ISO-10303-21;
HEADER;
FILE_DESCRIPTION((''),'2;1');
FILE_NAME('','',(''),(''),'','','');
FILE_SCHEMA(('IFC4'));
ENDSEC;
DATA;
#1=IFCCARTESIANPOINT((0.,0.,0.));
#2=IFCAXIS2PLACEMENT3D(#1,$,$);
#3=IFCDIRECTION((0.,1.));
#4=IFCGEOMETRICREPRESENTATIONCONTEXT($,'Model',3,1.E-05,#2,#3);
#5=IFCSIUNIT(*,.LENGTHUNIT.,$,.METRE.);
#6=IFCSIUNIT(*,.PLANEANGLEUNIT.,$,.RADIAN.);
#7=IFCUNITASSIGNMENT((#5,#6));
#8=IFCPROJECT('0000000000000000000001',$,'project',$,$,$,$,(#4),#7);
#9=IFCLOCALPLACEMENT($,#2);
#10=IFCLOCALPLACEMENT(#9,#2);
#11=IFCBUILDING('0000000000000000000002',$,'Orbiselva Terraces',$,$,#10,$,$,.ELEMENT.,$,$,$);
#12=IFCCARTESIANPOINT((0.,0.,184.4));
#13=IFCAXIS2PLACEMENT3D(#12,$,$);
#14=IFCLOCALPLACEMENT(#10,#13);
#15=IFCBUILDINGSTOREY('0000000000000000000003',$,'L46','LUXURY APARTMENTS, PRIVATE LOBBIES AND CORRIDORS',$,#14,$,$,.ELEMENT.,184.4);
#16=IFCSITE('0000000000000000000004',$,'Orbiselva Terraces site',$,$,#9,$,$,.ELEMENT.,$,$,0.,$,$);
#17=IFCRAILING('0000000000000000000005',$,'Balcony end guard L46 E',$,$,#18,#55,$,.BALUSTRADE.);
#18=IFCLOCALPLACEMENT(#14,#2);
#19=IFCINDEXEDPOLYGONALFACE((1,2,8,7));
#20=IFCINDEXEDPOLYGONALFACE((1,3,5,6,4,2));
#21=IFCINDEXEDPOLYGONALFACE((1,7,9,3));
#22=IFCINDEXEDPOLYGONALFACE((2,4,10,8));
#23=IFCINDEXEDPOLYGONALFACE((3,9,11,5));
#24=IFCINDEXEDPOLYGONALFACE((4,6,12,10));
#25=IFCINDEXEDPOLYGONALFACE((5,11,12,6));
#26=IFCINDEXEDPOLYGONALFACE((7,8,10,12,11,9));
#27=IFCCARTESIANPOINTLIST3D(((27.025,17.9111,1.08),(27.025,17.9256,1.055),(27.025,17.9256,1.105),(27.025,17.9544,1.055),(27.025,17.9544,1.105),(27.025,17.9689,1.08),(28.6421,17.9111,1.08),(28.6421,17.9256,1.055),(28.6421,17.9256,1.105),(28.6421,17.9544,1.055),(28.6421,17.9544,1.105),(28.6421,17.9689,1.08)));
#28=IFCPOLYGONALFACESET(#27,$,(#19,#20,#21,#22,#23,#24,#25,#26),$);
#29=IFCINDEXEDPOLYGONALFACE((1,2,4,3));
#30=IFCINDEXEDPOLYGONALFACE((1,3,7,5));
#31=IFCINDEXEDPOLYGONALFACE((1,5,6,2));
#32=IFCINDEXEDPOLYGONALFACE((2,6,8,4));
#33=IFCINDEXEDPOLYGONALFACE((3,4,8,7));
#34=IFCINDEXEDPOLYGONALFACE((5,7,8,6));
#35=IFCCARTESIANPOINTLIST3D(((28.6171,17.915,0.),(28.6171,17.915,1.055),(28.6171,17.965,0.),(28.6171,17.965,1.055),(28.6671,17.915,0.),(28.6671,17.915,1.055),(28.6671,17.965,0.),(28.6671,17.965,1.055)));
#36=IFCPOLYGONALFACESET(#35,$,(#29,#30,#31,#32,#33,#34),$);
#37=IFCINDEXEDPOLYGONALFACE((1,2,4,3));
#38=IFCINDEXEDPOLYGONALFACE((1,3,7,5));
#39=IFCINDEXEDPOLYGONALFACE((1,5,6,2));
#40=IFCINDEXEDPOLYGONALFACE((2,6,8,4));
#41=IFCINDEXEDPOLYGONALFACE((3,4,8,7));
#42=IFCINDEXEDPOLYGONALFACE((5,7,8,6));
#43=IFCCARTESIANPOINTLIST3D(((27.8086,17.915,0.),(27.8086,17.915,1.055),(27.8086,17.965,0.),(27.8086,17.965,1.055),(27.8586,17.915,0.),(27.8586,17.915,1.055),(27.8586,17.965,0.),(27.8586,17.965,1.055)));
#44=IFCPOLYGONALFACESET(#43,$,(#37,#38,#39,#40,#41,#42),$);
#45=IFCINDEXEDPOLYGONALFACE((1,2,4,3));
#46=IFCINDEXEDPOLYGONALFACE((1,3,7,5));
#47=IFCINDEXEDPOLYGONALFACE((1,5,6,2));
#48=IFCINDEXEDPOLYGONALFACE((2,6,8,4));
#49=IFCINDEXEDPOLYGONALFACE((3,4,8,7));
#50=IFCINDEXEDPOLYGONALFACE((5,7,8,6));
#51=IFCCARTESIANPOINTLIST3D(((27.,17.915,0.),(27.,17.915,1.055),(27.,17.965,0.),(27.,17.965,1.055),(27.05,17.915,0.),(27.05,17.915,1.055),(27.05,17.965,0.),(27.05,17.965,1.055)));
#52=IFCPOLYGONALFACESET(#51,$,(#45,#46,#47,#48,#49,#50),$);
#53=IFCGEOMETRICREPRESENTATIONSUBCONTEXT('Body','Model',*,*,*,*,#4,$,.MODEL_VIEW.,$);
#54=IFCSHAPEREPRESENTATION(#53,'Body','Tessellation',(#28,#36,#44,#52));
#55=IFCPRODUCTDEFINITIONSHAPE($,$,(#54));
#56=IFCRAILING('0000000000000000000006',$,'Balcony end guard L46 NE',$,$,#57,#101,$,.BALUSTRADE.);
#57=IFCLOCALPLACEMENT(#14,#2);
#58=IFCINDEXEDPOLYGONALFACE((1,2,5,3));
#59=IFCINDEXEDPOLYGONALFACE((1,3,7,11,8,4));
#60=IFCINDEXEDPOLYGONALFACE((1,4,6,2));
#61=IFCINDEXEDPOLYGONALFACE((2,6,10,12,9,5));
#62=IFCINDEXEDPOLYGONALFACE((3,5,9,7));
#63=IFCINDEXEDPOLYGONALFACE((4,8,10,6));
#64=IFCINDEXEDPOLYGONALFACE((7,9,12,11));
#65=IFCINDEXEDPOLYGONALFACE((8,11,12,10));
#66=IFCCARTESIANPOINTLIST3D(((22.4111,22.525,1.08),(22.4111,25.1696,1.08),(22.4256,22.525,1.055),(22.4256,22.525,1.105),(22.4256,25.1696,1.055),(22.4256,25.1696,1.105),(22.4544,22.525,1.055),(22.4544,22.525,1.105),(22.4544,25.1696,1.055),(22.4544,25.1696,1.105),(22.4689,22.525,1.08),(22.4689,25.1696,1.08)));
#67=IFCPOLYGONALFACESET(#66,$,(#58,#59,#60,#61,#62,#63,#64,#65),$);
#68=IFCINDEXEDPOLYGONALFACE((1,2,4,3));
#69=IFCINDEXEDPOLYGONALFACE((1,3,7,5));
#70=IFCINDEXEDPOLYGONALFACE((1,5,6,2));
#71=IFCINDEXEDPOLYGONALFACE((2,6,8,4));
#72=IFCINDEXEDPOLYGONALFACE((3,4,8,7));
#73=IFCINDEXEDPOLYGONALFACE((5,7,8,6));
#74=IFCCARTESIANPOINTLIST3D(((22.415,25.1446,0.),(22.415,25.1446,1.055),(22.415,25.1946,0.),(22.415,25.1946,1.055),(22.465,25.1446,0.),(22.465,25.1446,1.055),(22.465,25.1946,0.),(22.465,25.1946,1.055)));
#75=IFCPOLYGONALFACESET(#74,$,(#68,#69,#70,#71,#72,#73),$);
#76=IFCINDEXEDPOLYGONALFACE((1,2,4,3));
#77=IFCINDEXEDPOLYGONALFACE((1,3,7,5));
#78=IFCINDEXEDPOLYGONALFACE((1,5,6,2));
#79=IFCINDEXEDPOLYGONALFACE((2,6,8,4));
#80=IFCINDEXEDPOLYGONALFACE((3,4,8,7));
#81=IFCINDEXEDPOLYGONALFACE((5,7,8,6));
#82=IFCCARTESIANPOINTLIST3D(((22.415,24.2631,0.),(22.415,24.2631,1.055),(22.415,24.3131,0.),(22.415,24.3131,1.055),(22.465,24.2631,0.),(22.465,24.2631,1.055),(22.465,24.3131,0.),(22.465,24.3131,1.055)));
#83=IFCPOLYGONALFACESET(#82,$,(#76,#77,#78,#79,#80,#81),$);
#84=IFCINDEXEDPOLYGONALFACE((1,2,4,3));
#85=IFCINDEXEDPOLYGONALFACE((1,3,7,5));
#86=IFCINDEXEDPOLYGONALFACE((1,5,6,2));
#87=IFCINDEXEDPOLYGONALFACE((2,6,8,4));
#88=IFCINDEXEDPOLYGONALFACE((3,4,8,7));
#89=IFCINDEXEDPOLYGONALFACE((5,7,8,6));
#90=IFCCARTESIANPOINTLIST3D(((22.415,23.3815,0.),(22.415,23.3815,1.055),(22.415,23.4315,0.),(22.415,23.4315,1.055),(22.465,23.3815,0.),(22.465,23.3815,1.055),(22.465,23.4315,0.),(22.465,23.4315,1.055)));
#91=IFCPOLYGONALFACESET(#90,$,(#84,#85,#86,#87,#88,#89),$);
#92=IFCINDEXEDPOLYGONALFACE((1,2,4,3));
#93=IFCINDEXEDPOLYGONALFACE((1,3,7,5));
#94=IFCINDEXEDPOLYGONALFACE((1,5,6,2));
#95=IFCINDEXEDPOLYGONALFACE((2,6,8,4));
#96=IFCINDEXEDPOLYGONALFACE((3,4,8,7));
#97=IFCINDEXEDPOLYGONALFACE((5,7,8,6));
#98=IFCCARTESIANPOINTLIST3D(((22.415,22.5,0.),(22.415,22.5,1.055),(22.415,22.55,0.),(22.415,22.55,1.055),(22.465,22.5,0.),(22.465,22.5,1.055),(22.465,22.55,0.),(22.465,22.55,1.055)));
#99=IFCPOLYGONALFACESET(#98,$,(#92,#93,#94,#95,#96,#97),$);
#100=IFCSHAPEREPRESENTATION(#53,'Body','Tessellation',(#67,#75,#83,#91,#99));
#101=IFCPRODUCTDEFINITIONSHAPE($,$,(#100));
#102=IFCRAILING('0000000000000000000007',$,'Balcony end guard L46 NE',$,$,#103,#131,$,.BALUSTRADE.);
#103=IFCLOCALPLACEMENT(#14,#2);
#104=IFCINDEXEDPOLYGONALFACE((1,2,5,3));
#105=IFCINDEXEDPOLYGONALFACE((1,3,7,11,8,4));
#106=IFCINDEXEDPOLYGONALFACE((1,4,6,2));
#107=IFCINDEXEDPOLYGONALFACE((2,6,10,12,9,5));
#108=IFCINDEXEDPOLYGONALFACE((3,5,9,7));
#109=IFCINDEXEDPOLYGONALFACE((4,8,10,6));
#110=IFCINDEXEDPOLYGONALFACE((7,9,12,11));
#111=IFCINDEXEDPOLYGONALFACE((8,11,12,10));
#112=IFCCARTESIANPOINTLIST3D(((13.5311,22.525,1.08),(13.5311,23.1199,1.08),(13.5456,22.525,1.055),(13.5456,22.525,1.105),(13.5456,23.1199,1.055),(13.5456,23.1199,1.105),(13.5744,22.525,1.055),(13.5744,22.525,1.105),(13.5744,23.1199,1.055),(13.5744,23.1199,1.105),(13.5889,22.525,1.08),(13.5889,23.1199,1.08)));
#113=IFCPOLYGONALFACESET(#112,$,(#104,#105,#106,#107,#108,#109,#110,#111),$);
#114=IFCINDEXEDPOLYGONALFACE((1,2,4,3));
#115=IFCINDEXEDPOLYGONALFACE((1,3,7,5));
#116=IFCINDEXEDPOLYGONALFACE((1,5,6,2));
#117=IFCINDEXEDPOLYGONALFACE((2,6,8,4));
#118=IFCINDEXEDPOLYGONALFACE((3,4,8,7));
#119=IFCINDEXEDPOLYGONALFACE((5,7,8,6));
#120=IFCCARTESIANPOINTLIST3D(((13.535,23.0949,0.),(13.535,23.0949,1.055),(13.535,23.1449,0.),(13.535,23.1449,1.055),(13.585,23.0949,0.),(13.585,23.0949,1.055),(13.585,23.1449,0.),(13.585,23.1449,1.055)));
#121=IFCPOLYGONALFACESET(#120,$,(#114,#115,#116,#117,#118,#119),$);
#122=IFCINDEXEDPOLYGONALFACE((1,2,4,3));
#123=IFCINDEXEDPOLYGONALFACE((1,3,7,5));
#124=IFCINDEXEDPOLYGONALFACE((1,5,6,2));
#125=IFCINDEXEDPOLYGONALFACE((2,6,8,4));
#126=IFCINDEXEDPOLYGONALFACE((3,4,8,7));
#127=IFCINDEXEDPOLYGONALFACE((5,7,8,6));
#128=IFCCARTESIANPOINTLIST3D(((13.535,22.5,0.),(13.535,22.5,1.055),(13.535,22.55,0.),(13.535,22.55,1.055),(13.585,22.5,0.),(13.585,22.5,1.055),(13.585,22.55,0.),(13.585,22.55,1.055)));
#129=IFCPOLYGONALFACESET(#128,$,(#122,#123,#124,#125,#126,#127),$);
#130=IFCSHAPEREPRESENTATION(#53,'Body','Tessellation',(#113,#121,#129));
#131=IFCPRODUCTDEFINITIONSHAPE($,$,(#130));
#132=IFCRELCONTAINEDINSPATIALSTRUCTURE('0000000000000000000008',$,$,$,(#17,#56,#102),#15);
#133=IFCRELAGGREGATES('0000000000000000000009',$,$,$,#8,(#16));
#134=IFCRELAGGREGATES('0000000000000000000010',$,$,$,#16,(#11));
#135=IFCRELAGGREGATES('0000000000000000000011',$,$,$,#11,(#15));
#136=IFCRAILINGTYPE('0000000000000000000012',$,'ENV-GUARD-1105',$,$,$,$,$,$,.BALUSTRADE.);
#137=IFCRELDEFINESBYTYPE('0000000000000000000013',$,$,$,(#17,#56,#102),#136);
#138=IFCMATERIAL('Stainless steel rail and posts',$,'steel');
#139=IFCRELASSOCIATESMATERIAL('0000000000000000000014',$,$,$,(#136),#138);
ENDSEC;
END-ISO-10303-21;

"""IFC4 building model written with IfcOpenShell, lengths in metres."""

from ifc_helpers import new_model, si_unit, direction, frame, origin, origin_2d, place, context, subcontext, project, spatial, polyline, rectangle, outline, extrude, material, type_object, element, save


model = new_model("IFC4")

# Units and contexts
model_context = context("Model", 3, precision=1e-05, world=origin(), true_north=direction((0.0, 1.0)))
body_context = subcontext(model_context, "Body", "Model", "MODEL_VIEW")
ifc_project = project(units=[si_unit("LENGTHUNIT", "METRE"), si_unit("PLANEANGLEUNIT", "RADIAN")], contexts=[model_context])

# Site, building, storey
site_placement = place(None, origin())
site = spatial("IfcSite", under=ifc_project, at=site_placement, Name="Orbiselva Terraces site", CompositionType="ELEMENT", RefElevation=0.0)
building_placement = place(site_placement, origin())
building = spatial("IfcBuilding", under=site, at=building_placement, Name="Orbiselva Terraces", CompositionType="ELEMENT")
storey_placement = place(building_placement, frame((0.0, 0.0, 184.4)))
storey = spatial("IfcBuildingStorey", under=building, at=storey_placement, Name="L46", Description="LUXURY APARTMENTS, PRIVATE LOBBIES AND CORRIDORS", CompositionType="ELEMENT", Elevation=184.4)

# Railings
ifc_material_1 = material(Name="Stainless steel rail and posts", Category="steel")
railing_type_1 = type_object("IfcRailingType", Name="ENV-GUARD-1105", PredefinedType="BALUSTRADE", material=ifc_material_1)
railing_1_placement = place(storey_placement, frame((28.6421, 17.94, 0.0)))
element("IfcRailing", 1, at=railing_1_placement, inside=storey, type_object=railing_type_1, Name="Balcony end guard L46 E", PredefinedType="BALUSTRADE", context=body_context, shape_type="SweptSolid", body=[
    extrude(outline(polyline([(0.0289, 0.0), (0.0144, 0.025), (-0.0144, 0.025), (-0.0289, 0.0), (-0.0144, -0.025), (0.0144, -0.025), (0.0289, 0.0)])), frame((0.0, 0.0, 1.08), z_axis=(-1.0, 0.0, 0.0), x_axis=(0.0, -1.0, 0.0)), (0.0, 0.0, 1.0), 1.6171),
    extrude(rectangle(XDim=0.05, YDim=0.05, at=origin_2d()), origin(), (0.0, 0.0, 1.0), 1.055),
    extrude(rectangle(XDim=0.05, YDim=0.05, at=origin_2d()), frame((-0.8086, 0.0, 0.0)), (0.0, 0.0, 1.0), 1.055),
    extrude(rectangle(XDim=0.05, YDim=0.05, at=origin_2d()), frame((-1.6171, 0.0, 0.0)), (0.0, 0.0, 1.0), 1.055),
])
railing_2_placement = place(storey_placement, frame((22.44, 25.1696, 0.0)))
element("IfcRailing", 2, at=railing_2_placement, inside=storey, type_object=railing_type_1, Name="Balcony end guard L46 NE", PredefinedType="BALUSTRADE", context=body_context, shape_type="SweptSolid", body=[
    extrude(outline(polyline([(0.0289, 0.0), (0.0144, 0.025), (-0.0144, 0.025), (-0.0289, 0.0), (-0.0144, -0.025), (0.0144, -0.025), (0.0289, 0.0)])), frame((0.0, 0.0, 1.08), z_axis=(0.0, -1.0, 0.0), x_axis=(1.0, 0.0, 0.0)), (0.0, 0.0, 1.0), 2.6446),
    extrude(rectangle(XDim=0.05, YDim=0.05, at=origin_2d()), origin(), (0.0, 0.0, 1.0), 1.055),
    extrude(rectangle(XDim=0.05, YDim=0.05, at=origin_2d()), frame((0.0, -0.8815, 0.0)), (0.0, 0.0, 1.0), 1.055),
    extrude(rectangle(XDim=0.05, YDim=0.05, at=origin_2d()), frame((0.0, -1.7631, 0.0)), (0.0, 0.0, 1.0), 1.055),
    extrude(rectangle(XDim=0.05, YDim=0.05, at=origin_2d()), frame((0.0, -2.6446, 0.0)), (0.0, 0.0, 1.0), 1.055),
])
railing_3_placement = place(storey_placement, frame((13.56, 23.1199, 0.0)))
element("IfcRailing", 3, at=railing_3_placement, inside=storey, type_object=railing_type_1, Name="Balcony end guard L46 NE", PredefinedType="BALUSTRADE", context=body_context, shape_type="SweptSolid", body=[
    extrude(outline(polyline([(0.0289, 0.0), (0.0144, 0.025), (-0.0144, 0.025), (-0.0289, 0.0), (-0.0144, -0.025), (0.0144, -0.025), (0.0289, 0.0)])), frame((0.0, 0.0, 1.08), z_axis=(0.0, -1.0, 0.0), x_axis=(1.0, 0.0, 0.0)), (0.0, 0.0, 1.0), 0.5949),
    extrude(rectangle(XDim=0.05, YDim=0.05, at=origin_2d()), origin(), (0.0, 0.0, 1.0), 1.055),
    extrude(rectangle(XDim=0.05, YDim=0.05, at=origin_2d()), frame((0.0, -0.5949, 0.0)), (0.0, 0.0, 1.0), 1.055),
])

save(model, "model.ifc")
